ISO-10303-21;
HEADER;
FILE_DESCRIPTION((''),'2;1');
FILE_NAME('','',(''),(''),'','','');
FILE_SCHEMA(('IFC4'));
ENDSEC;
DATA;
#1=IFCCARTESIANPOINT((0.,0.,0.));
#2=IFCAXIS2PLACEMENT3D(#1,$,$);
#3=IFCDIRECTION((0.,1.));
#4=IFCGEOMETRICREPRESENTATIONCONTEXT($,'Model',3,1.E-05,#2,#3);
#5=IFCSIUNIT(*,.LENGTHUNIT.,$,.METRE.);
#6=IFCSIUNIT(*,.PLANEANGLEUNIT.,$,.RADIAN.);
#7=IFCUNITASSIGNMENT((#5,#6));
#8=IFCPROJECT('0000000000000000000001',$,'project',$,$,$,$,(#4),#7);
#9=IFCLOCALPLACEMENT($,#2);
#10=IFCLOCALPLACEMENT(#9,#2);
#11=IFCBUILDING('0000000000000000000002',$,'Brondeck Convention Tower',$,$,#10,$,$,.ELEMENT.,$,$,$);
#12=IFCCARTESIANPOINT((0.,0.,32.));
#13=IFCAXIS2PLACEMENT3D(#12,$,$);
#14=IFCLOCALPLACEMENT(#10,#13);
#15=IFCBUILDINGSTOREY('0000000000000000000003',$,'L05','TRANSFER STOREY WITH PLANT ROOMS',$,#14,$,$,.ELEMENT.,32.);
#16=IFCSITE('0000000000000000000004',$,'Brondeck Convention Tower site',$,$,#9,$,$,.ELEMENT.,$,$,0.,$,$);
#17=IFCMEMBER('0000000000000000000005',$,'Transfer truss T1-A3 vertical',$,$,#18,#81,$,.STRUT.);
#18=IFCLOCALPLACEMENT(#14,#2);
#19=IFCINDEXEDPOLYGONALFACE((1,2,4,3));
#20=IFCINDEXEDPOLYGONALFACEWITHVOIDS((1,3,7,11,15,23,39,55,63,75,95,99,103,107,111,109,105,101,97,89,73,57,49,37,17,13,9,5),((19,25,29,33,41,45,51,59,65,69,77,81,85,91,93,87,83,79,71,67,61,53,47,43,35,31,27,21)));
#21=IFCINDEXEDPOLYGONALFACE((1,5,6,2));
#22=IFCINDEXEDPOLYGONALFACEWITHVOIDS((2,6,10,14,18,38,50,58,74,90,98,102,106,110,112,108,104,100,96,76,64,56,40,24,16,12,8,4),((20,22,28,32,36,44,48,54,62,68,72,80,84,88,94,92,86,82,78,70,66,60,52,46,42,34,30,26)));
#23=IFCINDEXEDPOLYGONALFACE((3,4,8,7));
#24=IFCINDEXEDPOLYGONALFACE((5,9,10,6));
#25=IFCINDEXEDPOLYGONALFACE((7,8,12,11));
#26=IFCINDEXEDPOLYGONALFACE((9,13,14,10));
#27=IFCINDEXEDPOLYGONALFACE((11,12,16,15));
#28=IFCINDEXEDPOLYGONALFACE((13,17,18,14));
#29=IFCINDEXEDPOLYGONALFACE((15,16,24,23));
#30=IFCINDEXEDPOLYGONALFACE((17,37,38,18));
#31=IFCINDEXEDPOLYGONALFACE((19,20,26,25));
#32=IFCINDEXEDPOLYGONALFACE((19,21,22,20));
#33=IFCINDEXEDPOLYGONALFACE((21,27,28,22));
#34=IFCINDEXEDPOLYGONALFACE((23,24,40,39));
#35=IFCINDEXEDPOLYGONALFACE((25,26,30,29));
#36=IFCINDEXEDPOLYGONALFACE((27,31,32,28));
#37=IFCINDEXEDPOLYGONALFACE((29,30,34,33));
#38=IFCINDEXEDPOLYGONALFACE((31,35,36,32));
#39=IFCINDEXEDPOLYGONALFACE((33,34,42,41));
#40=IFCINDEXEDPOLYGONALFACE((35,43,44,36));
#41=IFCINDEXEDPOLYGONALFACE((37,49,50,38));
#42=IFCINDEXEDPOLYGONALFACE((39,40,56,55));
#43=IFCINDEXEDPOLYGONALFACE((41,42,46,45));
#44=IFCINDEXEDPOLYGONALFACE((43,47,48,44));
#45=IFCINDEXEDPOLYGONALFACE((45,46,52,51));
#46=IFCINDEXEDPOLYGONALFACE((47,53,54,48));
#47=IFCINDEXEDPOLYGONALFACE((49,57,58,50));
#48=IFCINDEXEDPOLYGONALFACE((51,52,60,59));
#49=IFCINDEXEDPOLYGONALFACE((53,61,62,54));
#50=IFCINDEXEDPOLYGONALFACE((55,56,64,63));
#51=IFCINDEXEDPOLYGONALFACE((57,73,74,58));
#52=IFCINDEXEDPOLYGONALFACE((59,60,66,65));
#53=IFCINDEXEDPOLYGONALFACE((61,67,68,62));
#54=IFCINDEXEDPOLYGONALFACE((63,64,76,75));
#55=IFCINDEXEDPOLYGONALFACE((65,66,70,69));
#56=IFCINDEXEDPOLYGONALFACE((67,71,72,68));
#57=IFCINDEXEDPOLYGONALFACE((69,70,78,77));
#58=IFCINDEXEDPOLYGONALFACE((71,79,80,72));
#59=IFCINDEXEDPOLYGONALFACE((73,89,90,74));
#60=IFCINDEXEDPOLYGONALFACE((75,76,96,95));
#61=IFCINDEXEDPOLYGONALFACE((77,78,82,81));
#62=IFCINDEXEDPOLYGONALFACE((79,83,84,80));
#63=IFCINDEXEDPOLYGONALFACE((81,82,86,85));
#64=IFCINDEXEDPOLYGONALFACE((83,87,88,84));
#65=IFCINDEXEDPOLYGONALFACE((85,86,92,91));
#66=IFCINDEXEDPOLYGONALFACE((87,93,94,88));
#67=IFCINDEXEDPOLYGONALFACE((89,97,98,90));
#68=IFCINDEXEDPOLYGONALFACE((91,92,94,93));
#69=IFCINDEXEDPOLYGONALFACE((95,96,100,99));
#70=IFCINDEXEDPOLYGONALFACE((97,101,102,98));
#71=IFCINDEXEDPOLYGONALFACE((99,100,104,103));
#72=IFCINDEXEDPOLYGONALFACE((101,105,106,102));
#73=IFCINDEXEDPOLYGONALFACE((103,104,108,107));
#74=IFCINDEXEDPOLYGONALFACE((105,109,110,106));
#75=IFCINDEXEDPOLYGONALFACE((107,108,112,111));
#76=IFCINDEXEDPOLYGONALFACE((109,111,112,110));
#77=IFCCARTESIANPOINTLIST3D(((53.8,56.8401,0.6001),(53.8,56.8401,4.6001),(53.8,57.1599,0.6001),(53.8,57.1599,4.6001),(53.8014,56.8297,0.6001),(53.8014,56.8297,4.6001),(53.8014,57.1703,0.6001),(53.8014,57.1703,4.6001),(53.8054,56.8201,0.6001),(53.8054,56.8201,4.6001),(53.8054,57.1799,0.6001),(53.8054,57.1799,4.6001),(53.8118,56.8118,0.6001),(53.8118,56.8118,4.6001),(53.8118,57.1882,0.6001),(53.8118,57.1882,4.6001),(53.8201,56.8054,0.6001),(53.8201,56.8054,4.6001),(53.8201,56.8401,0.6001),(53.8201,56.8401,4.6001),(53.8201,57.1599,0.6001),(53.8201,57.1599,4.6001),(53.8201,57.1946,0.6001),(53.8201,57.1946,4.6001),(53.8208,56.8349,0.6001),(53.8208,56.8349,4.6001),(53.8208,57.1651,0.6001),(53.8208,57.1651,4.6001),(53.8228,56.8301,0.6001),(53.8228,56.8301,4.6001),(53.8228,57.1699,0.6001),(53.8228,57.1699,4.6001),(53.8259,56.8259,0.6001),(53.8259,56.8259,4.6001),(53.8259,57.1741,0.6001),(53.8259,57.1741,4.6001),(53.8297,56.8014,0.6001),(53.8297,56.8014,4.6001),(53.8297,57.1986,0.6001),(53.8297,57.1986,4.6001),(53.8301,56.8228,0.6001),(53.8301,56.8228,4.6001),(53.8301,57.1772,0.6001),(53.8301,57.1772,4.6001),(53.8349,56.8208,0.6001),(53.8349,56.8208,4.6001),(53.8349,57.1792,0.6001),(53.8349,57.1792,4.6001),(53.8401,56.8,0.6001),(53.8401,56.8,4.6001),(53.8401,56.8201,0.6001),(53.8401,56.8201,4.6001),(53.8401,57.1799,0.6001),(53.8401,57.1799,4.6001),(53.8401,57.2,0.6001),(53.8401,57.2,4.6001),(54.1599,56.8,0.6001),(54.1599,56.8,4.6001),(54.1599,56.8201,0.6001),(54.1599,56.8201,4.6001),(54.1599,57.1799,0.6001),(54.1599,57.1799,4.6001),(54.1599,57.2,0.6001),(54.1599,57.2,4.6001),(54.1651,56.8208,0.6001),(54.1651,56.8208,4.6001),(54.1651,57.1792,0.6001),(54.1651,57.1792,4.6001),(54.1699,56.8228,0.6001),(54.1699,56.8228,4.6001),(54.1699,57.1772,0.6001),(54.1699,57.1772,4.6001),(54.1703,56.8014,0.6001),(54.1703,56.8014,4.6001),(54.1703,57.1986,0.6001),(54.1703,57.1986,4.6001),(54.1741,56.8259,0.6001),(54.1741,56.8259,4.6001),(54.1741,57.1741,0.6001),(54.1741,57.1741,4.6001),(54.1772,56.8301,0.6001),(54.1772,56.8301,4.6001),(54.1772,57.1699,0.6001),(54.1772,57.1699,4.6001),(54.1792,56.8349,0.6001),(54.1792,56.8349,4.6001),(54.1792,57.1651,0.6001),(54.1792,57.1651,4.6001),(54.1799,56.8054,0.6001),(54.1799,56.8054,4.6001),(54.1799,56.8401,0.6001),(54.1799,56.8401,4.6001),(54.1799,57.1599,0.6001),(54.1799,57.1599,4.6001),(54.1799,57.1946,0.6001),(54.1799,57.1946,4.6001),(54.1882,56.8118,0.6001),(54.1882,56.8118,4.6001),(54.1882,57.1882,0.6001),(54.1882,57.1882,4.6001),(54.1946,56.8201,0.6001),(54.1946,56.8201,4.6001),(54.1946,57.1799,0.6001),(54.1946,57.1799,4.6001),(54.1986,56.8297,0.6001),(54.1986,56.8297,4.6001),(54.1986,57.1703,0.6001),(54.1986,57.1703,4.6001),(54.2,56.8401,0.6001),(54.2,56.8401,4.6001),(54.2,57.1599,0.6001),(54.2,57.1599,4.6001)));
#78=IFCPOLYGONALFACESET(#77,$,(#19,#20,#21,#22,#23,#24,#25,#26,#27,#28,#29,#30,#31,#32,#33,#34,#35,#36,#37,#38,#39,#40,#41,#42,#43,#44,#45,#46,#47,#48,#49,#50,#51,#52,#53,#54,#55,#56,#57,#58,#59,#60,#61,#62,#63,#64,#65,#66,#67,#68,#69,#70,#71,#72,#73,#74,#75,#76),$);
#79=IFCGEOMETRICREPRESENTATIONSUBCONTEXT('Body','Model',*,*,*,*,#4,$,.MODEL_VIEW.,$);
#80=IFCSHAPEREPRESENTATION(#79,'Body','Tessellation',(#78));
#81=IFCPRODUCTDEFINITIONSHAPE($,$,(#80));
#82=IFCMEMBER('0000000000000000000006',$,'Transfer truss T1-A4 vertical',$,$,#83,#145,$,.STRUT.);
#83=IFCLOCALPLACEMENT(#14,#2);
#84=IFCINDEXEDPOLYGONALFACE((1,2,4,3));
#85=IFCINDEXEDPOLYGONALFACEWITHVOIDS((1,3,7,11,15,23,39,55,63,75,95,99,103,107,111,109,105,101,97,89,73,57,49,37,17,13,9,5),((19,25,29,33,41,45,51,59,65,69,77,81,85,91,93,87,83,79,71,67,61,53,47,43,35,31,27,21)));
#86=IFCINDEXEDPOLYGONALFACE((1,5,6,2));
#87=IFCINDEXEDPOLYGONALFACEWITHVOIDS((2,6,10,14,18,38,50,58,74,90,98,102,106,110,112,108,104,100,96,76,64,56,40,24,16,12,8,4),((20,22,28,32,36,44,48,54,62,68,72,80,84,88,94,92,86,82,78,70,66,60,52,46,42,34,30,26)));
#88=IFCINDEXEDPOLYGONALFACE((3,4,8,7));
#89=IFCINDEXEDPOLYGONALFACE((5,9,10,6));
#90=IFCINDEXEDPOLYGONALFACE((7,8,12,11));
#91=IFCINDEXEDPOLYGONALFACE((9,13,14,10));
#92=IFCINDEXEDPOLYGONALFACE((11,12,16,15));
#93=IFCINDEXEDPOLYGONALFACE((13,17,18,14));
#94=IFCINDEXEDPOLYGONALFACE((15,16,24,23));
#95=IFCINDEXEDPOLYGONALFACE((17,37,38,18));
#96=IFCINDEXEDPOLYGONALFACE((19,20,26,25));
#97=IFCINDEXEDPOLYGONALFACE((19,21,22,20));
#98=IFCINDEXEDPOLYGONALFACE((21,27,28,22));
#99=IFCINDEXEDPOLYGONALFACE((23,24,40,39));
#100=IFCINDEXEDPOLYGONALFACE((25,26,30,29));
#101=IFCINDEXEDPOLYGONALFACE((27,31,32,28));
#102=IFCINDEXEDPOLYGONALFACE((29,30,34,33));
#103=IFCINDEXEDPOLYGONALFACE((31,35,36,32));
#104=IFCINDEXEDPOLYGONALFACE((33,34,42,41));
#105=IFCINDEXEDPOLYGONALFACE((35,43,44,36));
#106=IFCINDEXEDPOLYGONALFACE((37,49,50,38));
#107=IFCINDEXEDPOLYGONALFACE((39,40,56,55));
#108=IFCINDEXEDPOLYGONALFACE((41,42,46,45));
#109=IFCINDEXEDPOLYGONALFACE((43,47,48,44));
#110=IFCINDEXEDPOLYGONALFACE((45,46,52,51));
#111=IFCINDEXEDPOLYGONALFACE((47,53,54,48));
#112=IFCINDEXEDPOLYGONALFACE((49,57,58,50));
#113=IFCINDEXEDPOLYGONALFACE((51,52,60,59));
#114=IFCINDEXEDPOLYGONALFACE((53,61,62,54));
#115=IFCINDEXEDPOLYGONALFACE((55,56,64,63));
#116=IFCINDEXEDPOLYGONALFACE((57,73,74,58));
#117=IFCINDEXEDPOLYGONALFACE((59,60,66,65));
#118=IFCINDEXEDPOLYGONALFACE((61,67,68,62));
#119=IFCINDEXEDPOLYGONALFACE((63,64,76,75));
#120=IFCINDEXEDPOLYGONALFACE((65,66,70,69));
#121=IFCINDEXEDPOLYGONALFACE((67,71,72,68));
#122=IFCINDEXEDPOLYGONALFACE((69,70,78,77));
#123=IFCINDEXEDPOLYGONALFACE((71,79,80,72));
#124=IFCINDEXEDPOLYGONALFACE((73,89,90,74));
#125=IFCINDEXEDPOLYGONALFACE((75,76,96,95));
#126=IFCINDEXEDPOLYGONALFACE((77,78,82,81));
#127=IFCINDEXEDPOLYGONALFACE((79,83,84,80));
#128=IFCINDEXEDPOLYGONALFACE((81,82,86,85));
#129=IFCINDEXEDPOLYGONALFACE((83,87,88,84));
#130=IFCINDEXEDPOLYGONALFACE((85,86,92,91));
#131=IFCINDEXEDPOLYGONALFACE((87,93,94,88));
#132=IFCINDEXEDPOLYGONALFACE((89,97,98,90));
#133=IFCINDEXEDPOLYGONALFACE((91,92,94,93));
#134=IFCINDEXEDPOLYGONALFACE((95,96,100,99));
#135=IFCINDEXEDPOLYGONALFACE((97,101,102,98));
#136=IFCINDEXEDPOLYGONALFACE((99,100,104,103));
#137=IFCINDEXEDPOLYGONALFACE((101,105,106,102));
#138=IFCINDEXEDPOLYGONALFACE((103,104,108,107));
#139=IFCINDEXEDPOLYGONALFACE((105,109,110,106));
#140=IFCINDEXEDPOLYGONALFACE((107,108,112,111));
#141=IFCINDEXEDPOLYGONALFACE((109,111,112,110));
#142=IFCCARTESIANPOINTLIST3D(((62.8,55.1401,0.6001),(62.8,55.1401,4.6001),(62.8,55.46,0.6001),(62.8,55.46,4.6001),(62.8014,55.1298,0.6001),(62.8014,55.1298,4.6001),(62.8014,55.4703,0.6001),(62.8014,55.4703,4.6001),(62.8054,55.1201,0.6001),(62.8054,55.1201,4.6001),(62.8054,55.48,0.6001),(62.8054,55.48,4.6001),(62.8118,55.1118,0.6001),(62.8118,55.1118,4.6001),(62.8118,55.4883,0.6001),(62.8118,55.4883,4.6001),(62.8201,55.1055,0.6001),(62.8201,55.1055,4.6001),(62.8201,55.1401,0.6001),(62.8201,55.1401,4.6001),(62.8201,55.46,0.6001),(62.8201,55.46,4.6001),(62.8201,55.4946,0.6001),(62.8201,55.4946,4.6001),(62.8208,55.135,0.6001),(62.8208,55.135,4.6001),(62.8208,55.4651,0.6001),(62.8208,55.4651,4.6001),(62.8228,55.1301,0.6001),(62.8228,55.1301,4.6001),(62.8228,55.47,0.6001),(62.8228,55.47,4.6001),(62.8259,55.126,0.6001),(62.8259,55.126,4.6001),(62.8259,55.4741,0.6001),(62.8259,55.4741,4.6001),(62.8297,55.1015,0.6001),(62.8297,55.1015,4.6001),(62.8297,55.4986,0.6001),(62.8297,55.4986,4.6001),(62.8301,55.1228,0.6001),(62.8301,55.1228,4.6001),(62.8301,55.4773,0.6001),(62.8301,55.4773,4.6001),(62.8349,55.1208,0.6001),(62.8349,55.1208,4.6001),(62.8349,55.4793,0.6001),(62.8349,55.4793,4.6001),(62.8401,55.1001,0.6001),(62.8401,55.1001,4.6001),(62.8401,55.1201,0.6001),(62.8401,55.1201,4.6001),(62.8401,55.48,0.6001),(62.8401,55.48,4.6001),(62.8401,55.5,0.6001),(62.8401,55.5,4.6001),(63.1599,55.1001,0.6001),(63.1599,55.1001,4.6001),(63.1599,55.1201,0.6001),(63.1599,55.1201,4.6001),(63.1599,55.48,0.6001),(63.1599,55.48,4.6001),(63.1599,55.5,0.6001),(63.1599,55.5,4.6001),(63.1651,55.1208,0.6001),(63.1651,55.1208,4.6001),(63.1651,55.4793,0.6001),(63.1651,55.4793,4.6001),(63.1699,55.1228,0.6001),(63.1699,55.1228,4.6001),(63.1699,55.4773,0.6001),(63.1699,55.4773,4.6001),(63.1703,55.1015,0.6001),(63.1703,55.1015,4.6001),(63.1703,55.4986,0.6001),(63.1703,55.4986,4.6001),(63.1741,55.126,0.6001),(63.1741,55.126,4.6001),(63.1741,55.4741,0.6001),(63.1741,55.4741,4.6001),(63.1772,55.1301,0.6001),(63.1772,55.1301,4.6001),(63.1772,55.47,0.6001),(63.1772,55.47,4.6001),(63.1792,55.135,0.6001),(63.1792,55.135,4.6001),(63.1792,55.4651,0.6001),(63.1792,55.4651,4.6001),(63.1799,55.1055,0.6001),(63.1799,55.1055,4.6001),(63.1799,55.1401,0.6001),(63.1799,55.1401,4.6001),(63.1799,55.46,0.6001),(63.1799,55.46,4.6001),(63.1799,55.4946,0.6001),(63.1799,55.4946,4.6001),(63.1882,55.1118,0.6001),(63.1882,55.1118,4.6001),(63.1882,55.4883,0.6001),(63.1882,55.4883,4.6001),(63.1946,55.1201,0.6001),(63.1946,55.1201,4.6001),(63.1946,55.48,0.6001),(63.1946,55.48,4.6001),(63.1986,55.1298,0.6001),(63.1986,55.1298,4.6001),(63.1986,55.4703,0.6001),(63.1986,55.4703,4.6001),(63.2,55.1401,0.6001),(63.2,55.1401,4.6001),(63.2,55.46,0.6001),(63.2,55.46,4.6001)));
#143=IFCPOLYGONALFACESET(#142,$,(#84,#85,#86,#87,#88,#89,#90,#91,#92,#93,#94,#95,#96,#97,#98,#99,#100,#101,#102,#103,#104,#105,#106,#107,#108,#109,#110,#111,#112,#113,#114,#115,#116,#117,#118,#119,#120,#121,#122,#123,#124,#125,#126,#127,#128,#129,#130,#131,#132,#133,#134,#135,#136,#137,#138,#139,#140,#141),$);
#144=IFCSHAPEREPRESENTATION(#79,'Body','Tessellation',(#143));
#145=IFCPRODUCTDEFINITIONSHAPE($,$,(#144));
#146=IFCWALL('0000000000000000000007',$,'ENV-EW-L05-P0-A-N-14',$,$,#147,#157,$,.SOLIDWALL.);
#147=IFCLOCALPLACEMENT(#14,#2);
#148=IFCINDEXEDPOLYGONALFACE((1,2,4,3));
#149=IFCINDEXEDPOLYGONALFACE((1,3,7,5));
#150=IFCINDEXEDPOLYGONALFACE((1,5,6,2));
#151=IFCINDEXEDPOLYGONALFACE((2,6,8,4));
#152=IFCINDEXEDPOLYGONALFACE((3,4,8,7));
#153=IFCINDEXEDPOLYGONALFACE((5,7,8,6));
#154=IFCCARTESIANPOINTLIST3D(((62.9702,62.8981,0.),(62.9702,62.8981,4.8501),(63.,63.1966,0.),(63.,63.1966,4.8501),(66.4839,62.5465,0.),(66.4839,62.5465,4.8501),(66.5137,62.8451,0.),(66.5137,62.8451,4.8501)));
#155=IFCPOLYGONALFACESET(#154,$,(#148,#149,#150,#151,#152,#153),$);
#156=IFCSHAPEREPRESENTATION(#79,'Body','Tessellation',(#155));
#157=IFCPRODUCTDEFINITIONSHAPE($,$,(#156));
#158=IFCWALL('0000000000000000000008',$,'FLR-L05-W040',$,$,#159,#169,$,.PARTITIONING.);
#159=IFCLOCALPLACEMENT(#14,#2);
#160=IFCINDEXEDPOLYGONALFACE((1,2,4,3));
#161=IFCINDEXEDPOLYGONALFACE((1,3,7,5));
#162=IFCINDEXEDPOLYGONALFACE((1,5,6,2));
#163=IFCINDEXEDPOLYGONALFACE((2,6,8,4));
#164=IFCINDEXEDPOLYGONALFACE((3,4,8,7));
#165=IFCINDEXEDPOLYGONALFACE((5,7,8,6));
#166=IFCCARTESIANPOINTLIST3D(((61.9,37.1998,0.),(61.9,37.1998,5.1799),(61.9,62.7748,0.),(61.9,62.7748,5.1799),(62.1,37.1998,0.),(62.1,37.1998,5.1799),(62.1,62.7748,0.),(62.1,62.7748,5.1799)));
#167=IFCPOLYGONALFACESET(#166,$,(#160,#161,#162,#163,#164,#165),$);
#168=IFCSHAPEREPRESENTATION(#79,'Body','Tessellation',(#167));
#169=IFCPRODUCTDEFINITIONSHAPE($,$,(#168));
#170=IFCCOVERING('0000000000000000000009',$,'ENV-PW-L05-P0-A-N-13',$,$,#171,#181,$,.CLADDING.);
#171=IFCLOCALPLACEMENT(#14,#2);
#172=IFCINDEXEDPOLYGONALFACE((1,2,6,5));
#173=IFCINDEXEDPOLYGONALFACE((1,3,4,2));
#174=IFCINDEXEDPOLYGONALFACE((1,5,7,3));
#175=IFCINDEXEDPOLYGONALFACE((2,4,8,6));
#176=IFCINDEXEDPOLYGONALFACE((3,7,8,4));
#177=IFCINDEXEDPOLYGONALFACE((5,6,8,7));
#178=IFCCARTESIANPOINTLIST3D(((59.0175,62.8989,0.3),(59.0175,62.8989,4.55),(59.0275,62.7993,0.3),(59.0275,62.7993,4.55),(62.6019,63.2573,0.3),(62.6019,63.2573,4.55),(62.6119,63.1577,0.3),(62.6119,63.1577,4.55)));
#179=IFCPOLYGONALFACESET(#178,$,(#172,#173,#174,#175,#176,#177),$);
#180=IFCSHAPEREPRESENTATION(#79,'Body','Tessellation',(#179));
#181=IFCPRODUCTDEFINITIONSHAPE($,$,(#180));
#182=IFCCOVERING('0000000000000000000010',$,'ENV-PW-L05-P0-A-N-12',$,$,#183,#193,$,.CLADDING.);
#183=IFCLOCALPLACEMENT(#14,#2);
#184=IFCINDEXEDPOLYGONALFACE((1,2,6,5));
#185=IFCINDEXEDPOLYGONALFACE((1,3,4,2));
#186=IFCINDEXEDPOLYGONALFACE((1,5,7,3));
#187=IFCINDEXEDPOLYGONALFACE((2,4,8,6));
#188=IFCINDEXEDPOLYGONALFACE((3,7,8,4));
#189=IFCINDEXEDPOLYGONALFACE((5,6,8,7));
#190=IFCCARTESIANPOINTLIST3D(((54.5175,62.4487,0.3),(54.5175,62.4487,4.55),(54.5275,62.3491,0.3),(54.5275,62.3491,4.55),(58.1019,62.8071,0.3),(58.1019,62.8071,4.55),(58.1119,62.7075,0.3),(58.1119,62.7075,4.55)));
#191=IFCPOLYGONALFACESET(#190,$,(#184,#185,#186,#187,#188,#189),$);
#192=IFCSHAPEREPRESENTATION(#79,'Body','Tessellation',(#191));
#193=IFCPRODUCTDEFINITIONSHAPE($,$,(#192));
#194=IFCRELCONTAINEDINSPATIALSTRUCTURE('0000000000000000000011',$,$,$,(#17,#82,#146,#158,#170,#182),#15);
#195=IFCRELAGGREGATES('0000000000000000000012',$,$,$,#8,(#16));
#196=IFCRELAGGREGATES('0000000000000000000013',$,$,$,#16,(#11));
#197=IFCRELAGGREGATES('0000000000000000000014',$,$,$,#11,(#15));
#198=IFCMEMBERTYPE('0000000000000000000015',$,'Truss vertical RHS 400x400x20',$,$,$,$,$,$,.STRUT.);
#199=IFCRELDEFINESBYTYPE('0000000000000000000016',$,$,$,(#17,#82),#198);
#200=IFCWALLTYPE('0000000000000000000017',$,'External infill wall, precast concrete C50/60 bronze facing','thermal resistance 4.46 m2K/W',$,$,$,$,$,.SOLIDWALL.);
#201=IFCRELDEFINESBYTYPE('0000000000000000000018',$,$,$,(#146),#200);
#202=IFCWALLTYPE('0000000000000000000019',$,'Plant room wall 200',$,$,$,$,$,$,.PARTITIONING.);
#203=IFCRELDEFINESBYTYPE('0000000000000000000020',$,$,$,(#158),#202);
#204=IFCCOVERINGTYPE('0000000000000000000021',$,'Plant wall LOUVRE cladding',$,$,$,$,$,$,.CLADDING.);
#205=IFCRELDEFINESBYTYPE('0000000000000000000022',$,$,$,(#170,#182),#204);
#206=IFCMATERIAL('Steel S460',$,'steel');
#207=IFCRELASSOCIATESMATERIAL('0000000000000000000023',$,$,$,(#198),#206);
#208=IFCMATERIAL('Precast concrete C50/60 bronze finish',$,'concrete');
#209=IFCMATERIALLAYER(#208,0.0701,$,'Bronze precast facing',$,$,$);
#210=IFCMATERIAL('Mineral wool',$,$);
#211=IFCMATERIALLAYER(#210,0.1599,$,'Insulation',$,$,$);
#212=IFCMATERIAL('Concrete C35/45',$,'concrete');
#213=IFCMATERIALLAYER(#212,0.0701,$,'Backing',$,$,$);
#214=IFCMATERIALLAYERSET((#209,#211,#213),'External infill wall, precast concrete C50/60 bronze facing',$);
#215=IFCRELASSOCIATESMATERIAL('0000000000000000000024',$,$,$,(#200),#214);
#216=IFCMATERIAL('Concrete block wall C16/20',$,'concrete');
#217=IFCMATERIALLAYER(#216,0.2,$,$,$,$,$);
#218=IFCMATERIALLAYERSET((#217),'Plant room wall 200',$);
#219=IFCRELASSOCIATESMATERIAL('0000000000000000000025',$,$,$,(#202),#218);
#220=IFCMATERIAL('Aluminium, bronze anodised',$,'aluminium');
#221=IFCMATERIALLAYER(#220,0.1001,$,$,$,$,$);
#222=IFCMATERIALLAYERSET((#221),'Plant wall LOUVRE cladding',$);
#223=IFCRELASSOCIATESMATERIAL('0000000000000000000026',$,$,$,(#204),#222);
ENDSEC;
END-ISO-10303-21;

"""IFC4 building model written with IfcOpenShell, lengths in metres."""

from ifc_helpers import new_model, si_unit, direction, frame, frame_2d, origin, origin_2d, place, context, subcontext, project, spatial, rectangle, hollow_rectangle, extrude, material, layer, layer_set, material_profile, profile_set, type_object, element, save


model = new_model("IFC4")

# Units and contexts
model_context = context("Model", 3, precision=1e-05, world=origin(), true_north=direction((0.0, 1.0)))
body_context = subcontext(model_context, "Body", "Model", "MODEL_VIEW")
ifc_project = project(units=[si_unit("LENGTHUNIT", "METRE"), si_unit("PLANEANGLEUNIT", "RADIAN")], contexts=[model_context])

# Site, building, storey
site_placement = place(None, origin())
site = spatial("IfcSite", under=ifc_project, at=site_placement, Name="Brondeck Convention Tower site", CompositionType="ELEMENT", RefElevation=0.0)
building_placement = place(site_placement, origin())
building = spatial("IfcBuilding", under=site, at=building_placement, Name="Brondeck Convention Tower", CompositionType="ELEMENT")
storey_placement = place(building_placement, frame((0.0, 0.0, 32.0)))
storey = spatial("IfcBuildingStorey", under=building, at=storey_placement, Name="L05", Description="TRANSFER STOREY WITH PLANT ROOMS", CompositionType="ELEMENT", Elevation=32.0)

# Shared definitions
ifc_material_1 = material(Name="Steel S460", Category="steel")

# Members
ifc_material_profile_1 = material_profile(ifc_material_1, hollow_rectangle(XDim=0.3999, YDim=0.3999, WallThickness=0.02, InnerFilletRadius=0.02, OuterFilletRadius=0.04, at=origin_2d()), Name="RHS 400x400x20")
ifc_profile_set_1 = profile_set([ifc_material_profile_1], Name="Steel S460")
member_type_1 = type_object("IfcMemberType", Name="Truss vertical RHS 400x400x20", PredefinedType="STRUT", material=ifc_profile_set_1)
for number, where, z_axis, x_axis, name in (
    (1, (54.0, 57.0, 0.6001), (0.0, 0.0, 1.0), (1.0, 0.0, 0.0), "Transfer truss T1-A3 vertical"),
    (2, (63.0, 55.3, 0.6001), (0.0, 0.0, 1.0), (1.0, 0.0, 0.0), "Transfer truss T1-A4 vertical"),
):
    element("IfcMember", number, at=place(storey_placement, frame(where, z_axis=z_axis, x_axis=x_axis)), inside=storey, type_object=member_type_1, Name=name, PredefinedType="STRUT", context=body_context, shape_type="SweptSolid", body=[
        extrude(hollow_rectangle(XDim=0.3999, YDim=0.3999, WallThickness=0.02, InnerFilletRadius=0.02, OuterFilletRadius=0.04, at=origin_2d()), origin(), (0.0, 0.0, 1.0), 4.0),
    ])

# Walls
ifc_material_2 = material(Name="Precast concrete C50/60 bronze finish", Category="concrete")
ifc_layer_1 = layer(ifc_material_2, 0.0701, Name="Bronze precast facing")
ifc_material_3 = material(Name="Mineral wool")
ifc_layer_2 = layer(ifc_material_3, 0.1599, Name="Insulation")
ifc_material_4 = material(Name="Concrete C35/45", Category="concrete")
ifc_layer_3 = layer(ifc_material_4, 0.0701, Name="Backing")
ifc_layer_set_1 = layer_set([ifc_layer_1, ifc_layer_2, ifc_layer_3], Name="External infill wall, precast concrete C50/60 bronze facing")
wall_type_1 = type_object("IfcWallType", Name="External infill wall, precast concrete C50/60 bronze facing", Description="thermal resistance 4.46 m2K/W", PredefinedType="SOLIDWALL", material=ifc_layer_set_1)
wall_1_placement = place(storey_placement, frame((62.9851, 63.0474, 0.0), z_axis=(0.0, 0.0, 1.0), x_axis=(0.995032, -0.099558, 0.0)))
element("IfcWall", 3, at=wall_1_placement, inside=storey, type_object=wall_type_1, Name="ENV-EW-L05-P0-A-N-14", PredefinedType="SOLIDWALL", context=body_context, shape_type="SweptSolid", body=[
    extrude(rectangle(XDim=3.5312, YDim=0.3, at=frame_2d((1.7656, 0.0))), origin(), (0.0, 0.0, 1.0), 4.8501),
])
ifc_material_5 = material(Name="Concrete block wall C16/20", Category="concrete")
ifc_layer_4 = layer(ifc_material_5, 0.2)
ifc_layer_set_2 = layer_set([ifc_layer_4], Name="Plant room wall 200")
wall_type_2 = type_object("IfcWallType", Name="Plant room wall 200", PredefinedType="PARTITIONING", material=ifc_layer_set_2)
wall_2_placement = place(storey_placement, frame((62.0, 62.7749, 0.0), z_axis=(0.0, 0.0, 1.0), x_axis=(0.0, -1.0, 0.0)))
element("IfcWall", 4, at=wall_2_placement, inside=storey, type_object=wall_type_2, Name="FLR-L05-W040", PredefinedType="PARTITIONING", context=body_context, shape_type="SweptSolid", body=[
    extrude(rectangle(XDim=25.575, YDim=0.2, at=frame_2d((12.7876, 0.0))), origin(), (0.0, 0.0, 1.0), 5.1799),
])

# Coverings
ifc_material_6 = material(Name="Aluminium, bronze anodised", Category="aluminium")
ifc_layer_5 = layer(ifc_material_6, 0.1001)
ifc_layer_set_3 = layer_set([ifc_layer_5], Name="Plant wall LOUVRE cladding")
covering_type = type_object("IfcCoveringType", Name="Plant wall LOUVRE cladding", PredefinedType="CLADDING", material=ifc_layer_set_3)
for number, where, z_axis, x_axis, name in (
    (5, (60.8147, 63.0283, 0.3), (0.0, 0.0, 1.0), (-0.995037, -0.099504, 0.0), "ENV-PW-L05-P0-A-N-13"),
    (6, (56.3147, 62.5781, 0.3), (0.0, 0.0, 1.0), (-0.995037, -0.099504, 0.0), "ENV-PW-L05-P0-A-N-12"),
):
    element("IfcCovering", number, at=place(storey_placement, frame(where, z_axis=z_axis, x_axis=x_axis)), inside=storey, type_object=covering_type, Name=name, PredefinedType="CLADDING", context=body_context, shape_type="SweptSolid", body=[
        extrude(rectangle(XDim=3.6023, YDim=0.1001, at=origin_2d()), origin(), (0.0, 0.0, 1.0), 4.25),
    ])

save(model, "model.ifc")
